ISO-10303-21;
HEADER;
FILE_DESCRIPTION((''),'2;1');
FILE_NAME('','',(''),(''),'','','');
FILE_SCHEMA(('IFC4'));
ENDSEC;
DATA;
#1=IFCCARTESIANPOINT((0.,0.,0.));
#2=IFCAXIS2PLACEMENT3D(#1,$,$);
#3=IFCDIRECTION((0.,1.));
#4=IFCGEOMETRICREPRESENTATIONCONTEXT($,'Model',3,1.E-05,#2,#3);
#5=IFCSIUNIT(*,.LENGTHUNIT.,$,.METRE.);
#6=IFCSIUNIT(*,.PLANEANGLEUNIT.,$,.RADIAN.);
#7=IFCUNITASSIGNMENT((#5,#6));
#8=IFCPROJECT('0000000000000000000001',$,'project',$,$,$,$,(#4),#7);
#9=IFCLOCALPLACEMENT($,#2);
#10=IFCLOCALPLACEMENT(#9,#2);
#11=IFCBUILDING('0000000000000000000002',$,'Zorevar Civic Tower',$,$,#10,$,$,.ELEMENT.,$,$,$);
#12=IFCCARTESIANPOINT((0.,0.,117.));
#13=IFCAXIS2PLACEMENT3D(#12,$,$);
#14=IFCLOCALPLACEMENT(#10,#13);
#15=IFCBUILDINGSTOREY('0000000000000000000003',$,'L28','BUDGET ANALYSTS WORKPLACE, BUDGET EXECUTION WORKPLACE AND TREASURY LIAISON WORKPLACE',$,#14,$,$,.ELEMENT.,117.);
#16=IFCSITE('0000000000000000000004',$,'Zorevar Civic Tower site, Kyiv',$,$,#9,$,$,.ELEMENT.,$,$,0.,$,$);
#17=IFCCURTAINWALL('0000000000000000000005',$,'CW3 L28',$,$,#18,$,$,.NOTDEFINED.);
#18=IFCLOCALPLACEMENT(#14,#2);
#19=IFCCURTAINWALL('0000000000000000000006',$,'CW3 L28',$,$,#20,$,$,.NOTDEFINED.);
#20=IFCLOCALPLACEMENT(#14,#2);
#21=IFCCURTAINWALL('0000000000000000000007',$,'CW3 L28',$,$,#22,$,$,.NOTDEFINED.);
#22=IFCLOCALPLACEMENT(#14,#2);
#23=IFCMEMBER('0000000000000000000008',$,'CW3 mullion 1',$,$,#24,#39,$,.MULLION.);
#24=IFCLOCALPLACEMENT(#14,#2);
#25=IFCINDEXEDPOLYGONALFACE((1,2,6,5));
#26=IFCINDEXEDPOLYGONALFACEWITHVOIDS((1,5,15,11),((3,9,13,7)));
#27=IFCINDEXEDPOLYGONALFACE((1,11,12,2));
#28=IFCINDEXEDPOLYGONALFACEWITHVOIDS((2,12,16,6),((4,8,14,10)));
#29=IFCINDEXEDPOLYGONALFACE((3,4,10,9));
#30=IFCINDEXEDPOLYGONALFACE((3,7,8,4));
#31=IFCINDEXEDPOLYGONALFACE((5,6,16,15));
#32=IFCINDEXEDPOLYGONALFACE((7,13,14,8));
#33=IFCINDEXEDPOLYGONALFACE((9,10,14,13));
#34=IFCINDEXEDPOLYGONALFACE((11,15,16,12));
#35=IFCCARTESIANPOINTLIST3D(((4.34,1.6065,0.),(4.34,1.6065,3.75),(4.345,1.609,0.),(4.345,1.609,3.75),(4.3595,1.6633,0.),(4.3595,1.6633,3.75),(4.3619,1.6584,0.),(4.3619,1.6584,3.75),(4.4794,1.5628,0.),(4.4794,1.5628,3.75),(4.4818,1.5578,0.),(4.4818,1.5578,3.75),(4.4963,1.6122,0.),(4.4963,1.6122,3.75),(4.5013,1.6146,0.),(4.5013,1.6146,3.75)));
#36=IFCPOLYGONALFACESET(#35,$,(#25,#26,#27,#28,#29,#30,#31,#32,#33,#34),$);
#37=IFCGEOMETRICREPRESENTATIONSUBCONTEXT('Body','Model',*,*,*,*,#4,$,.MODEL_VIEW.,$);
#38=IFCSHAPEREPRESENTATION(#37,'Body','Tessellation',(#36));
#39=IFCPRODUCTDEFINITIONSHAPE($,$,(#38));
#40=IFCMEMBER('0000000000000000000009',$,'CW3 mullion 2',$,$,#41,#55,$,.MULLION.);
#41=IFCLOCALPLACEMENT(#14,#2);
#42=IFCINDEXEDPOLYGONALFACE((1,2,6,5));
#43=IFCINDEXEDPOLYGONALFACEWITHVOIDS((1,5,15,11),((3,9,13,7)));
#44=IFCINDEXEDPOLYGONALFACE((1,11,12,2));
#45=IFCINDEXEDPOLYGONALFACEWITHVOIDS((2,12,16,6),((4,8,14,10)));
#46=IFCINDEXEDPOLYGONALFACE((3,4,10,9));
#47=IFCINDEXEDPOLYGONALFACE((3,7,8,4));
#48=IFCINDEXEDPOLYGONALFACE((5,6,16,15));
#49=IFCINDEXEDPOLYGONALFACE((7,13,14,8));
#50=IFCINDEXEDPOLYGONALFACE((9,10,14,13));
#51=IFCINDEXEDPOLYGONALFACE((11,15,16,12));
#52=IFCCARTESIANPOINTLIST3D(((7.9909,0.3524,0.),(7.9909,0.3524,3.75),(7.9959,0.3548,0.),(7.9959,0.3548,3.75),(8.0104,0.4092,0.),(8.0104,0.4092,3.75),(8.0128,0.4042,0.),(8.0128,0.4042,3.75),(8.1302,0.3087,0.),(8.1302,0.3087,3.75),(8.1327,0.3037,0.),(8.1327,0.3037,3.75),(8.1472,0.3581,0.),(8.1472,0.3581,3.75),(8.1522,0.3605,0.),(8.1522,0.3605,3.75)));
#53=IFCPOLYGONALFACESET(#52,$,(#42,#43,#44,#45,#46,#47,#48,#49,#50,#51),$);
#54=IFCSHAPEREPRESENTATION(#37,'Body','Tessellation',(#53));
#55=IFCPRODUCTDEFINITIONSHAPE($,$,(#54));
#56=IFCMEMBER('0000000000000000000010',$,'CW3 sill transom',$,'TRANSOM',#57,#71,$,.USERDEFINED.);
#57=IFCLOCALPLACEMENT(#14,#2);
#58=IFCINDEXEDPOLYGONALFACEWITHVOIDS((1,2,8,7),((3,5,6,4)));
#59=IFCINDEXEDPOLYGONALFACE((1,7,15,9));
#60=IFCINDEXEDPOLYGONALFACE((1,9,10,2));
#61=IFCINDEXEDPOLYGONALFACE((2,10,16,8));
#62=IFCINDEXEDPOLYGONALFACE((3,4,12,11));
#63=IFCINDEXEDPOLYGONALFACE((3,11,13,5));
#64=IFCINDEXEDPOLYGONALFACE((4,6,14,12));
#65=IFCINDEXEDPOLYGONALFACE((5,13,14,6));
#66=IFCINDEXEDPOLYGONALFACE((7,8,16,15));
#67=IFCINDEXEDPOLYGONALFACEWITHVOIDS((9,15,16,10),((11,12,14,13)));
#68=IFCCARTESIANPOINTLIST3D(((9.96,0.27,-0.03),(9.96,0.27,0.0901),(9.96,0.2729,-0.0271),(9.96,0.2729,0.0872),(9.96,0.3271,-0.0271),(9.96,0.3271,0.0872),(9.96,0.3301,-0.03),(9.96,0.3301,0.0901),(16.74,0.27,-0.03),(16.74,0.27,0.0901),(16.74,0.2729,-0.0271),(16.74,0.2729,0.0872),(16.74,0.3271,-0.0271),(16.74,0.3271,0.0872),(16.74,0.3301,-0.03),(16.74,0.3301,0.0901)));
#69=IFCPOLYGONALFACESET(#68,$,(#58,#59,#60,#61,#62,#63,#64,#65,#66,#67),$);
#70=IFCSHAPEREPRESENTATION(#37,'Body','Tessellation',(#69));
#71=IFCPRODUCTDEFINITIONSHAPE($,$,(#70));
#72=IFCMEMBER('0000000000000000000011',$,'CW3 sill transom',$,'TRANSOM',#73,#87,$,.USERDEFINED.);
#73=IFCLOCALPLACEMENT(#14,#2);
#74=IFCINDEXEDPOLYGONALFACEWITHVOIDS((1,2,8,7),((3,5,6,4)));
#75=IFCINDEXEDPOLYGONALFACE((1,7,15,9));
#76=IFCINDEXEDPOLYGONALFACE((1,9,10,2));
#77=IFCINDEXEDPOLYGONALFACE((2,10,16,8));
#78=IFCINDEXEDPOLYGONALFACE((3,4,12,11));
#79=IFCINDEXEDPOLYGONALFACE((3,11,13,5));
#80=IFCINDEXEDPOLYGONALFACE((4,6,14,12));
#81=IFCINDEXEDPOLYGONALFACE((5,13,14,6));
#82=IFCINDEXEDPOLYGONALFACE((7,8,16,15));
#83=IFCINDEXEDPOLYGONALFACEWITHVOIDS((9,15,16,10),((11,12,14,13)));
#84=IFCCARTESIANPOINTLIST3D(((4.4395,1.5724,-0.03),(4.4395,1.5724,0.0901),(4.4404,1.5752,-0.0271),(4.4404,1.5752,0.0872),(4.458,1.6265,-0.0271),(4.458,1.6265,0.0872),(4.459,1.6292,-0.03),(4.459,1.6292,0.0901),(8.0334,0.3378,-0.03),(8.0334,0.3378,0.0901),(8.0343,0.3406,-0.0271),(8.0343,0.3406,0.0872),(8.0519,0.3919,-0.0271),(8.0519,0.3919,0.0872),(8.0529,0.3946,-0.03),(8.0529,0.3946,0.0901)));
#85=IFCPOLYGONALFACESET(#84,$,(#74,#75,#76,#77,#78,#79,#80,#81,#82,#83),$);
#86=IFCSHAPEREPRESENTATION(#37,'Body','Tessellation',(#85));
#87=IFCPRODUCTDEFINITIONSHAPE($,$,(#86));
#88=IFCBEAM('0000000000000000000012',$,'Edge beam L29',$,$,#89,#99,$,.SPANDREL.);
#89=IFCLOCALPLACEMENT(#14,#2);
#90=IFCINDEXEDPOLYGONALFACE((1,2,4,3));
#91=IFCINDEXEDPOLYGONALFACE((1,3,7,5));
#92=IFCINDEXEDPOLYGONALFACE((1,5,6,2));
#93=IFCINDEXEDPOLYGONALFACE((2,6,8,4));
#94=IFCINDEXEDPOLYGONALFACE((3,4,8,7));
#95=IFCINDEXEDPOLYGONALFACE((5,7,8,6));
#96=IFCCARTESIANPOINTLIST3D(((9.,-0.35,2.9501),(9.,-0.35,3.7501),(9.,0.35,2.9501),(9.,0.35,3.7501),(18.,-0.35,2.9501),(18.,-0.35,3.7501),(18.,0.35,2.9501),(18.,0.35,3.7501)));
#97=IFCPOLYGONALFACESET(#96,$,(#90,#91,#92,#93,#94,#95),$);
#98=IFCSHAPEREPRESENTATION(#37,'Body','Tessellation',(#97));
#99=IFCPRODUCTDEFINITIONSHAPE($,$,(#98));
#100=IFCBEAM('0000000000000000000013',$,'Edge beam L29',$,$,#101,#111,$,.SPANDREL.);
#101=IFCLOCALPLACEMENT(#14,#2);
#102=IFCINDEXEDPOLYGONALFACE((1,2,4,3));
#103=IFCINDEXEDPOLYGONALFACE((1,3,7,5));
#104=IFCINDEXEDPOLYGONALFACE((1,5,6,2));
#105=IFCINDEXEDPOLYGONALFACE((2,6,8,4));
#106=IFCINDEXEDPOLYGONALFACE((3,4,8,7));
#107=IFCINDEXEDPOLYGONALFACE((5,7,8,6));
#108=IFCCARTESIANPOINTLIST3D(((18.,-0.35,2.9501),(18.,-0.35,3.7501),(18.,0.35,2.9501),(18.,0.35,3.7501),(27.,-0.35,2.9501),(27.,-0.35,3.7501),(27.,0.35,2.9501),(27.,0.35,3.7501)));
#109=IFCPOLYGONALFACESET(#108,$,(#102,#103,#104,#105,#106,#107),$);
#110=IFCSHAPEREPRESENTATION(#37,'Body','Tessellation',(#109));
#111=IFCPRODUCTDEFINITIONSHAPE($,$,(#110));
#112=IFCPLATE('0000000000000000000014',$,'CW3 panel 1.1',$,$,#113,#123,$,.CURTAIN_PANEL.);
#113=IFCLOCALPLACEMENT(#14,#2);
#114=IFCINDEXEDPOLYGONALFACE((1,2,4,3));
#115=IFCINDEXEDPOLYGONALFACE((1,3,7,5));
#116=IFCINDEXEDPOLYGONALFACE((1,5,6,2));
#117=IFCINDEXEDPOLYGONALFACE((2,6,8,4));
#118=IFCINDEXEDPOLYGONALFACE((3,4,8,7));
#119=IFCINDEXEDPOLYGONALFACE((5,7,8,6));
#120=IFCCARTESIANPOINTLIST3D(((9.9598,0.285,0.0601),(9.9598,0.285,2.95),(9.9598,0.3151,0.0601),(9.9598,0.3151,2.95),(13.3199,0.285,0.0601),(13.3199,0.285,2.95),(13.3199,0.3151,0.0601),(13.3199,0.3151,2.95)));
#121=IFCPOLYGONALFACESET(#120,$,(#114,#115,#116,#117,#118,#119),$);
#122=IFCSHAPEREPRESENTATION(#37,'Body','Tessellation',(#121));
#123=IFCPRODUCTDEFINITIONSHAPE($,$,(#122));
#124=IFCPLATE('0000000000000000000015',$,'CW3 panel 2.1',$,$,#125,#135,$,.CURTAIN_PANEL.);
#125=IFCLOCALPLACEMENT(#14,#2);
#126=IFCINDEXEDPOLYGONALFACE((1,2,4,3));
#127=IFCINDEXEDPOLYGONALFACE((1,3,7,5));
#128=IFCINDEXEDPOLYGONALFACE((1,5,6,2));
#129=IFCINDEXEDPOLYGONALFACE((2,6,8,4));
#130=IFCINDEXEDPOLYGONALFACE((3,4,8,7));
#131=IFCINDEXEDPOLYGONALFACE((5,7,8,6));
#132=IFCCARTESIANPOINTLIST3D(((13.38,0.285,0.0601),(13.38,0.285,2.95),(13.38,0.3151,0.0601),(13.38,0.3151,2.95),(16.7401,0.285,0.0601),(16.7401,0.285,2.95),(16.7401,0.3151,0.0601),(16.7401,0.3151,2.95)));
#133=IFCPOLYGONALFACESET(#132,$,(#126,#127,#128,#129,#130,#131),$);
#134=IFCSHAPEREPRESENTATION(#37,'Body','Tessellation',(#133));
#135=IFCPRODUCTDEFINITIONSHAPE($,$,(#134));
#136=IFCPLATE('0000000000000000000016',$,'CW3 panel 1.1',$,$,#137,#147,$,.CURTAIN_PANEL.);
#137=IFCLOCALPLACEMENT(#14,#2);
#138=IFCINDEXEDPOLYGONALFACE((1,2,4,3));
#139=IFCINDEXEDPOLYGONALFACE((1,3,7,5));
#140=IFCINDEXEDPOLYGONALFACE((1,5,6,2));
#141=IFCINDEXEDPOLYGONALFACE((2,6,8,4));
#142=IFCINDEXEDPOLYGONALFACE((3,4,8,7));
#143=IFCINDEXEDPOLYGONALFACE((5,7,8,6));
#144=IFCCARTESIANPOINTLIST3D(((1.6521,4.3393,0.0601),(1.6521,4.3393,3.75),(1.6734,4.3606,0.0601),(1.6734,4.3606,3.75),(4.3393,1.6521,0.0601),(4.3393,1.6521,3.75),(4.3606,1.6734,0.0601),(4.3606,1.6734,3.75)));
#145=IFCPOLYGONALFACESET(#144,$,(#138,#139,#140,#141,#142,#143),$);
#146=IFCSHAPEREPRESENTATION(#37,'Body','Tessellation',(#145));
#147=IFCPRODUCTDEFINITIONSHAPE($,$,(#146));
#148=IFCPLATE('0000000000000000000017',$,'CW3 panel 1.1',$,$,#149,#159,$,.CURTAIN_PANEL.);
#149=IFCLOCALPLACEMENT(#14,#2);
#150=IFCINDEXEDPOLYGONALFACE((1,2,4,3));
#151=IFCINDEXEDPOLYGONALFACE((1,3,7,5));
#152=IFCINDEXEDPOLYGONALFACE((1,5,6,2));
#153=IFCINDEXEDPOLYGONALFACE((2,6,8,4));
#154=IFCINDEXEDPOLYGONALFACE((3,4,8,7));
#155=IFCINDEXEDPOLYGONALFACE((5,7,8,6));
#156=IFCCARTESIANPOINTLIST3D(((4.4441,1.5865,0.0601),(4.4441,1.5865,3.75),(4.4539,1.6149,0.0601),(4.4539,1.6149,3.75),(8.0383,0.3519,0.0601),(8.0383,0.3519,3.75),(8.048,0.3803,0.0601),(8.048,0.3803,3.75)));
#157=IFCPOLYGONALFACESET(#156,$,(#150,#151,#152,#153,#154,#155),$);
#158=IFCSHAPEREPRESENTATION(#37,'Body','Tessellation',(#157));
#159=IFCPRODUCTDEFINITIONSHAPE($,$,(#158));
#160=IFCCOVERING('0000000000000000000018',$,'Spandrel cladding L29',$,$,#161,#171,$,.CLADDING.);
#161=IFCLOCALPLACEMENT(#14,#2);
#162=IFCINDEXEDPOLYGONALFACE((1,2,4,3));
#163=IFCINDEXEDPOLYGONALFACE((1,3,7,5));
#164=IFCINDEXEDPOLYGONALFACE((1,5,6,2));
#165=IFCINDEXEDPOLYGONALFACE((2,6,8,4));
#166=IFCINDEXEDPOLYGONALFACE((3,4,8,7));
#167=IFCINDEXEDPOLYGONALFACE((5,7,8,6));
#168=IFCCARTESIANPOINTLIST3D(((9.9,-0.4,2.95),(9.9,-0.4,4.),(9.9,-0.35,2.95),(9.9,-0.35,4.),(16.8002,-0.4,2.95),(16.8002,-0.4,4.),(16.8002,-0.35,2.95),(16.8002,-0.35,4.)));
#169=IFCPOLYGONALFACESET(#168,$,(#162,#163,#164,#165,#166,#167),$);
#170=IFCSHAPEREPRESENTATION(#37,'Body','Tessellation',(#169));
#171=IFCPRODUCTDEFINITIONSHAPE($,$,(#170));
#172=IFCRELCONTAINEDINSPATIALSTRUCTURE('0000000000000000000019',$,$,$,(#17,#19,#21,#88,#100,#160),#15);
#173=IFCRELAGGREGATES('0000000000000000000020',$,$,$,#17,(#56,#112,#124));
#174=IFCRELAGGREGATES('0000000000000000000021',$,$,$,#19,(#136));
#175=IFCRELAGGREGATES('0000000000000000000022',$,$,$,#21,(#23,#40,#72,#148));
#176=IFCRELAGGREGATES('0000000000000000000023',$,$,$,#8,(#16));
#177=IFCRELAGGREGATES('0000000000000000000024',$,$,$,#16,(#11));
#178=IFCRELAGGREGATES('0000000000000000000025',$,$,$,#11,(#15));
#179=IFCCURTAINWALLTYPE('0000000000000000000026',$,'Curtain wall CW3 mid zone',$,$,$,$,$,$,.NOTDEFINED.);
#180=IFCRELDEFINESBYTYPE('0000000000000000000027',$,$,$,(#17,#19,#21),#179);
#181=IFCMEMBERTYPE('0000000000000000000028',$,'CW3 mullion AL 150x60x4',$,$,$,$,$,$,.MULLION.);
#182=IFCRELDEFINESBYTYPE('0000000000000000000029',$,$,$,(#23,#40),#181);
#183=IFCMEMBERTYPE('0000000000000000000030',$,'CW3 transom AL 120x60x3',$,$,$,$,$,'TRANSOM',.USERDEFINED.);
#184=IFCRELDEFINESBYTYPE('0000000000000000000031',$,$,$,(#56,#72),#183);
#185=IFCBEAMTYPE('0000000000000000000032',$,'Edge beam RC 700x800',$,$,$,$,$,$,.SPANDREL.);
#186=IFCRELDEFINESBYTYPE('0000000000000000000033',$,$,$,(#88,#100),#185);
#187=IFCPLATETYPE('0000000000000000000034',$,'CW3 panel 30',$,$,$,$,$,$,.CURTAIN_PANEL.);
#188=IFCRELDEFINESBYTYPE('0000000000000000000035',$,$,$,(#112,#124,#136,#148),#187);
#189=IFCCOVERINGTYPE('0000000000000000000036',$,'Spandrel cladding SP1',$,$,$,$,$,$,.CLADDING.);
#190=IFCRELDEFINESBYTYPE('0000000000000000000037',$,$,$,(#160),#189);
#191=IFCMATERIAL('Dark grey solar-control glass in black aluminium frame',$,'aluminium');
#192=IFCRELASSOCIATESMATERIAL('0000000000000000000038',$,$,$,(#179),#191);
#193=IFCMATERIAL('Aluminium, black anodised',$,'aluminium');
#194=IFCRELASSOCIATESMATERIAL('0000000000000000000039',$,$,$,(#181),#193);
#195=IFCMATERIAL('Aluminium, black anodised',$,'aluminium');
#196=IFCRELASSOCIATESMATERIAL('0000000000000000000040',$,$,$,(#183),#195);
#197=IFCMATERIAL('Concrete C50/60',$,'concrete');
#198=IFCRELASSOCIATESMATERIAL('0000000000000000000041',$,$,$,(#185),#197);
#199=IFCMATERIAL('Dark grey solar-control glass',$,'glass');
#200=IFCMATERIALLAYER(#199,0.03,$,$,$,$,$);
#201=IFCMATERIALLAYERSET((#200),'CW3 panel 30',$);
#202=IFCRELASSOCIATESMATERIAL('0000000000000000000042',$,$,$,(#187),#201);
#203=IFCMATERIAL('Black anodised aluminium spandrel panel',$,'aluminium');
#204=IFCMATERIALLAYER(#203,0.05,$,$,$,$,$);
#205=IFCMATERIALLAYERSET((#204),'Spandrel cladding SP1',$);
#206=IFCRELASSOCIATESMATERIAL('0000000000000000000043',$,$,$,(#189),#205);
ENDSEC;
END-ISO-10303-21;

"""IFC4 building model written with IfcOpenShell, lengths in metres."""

from ifc_helpers import new_model, si_unit, direction, frame, frame_2d, origin, origin_2d, place, context, subcontext, project, spatial, rectangle, hollow_rectangle, extrude, material, layer, layer_set, material_profile, profile_set, type_object, element, aggregate, save


model = new_model("IFC4")

# Units and contexts
model_context = context("Model", 3, precision=1e-05, world=origin(), true_north=direction((0.0, 1.0)))
body_context = subcontext(model_context, "Body", "Model", "MODEL_VIEW")
ifc_project = project(units=[si_unit("LENGTHUNIT", "METRE"), si_unit("PLANEANGLEUNIT", "RADIAN")], contexts=[model_context])

# Site, building, storey
site_placement = place(None, origin())
site = spatial("IfcSite", under=ifc_project, at=site_placement, Name="Zorevar Civic Tower site, Kyiv", CompositionType="ELEMENT", RefElevation=0.0)
building_placement = place(site_placement, origin())
building = spatial("IfcBuilding", under=site, at=building_placement, Name="Zorevar Civic Tower", CompositionType="ELEMENT")
storey_placement = place(building_placement, frame((0.0, 0.0, 117.0)))
storey = spatial("IfcBuildingStorey", under=building, at=storey_placement, Name="L28", Description="BUDGET ANALYSTS WORKPLACE, BUDGET EXECUTION WORKPLACE AND TREASURY LIAISON WORKPLACE", CompositionType="ELEMENT", Elevation=117.0)

# Curtain wall
ifc_material_1 = material(Name="Dark grey solar-control glass in black aluminium frame", Category="aluminium")
curtain_wall_type = type_object("IfcCurtainWallType", Name="Curtain wall CW3 mid zone", PredefinedType="NOTDEFINED", material=ifc_material_1)
curtain_wall_1_placement = place(storey_placement, origin())
curtain_wall_1 = element("IfcCurtainWall", 1, at=curtain_wall_1_placement, inside=storey, type_object=curtain_wall_type, Name="CW3 L28", PredefinedType="NOTDEFINED")
ifc_material_2 = material(Name="Aluminium, black anodised", Category="aluminium")
ifc_material_profile_1 = material_profile(ifc_material_2, hollow_rectangle(XDim=0.0601, YDim=0.1499, WallThickness=0.0039, at=origin_2d()), Name="AL 150x60x4")
ifc_profile_set_1 = profile_set([ifc_material_profile_1], Name="Aluminium, black anodised")
member_type_1 = type_object("IfcMemberType", Name="CW3 mullion AL 150x60x4", PredefinedType="MULLION", material=ifc_profile_set_1)

# Curtain wall
curtain_wall_2_placement = place(storey_placement, origin())
curtain_wall_2 = element("IfcCurtainWall", 2, at=curtain_wall_2_placement, inside=storey, type_object=curtain_wall_type, Name="CW3 L28", PredefinedType="NOTDEFINED")

# Curtain wall, members
curtain_wall_3_placement = place(storey_placement, origin())
curtain_wall_3 = element("IfcCurtainWall", 3, at=curtain_wall_3_placement, inside=storey, type_object=curtain_wall_type, Name="CW3 L28", PredefinedType="NOTDEFINED")
member_1_placement = place(storey_placement, frame((4.4207, 1.6106, 0.0), z_axis=(0.0, 0.0, 1.0), x_axis=(0.324878, 0.945756, 0.0)))
member_1 = element("IfcMember", 4, at=member_1_placement, type_object=member_type_1, Name="CW3 mullion 1", PredefinedType="MULLION", context=body_context, shape_type="SweptSolid", body=[
    extrude(hollow_rectangle(XDim=0.0601, YDim=0.1499, WallThickness=0.0039, at=origin_2d()), origin(), (0.0, 0.0, 1.0), 3.75),
])
member_2_placement = place(storey_placement, frame((8.0715, 0.3564, 0.0), z_axis=(0.0, 0.0, 1.0), x_axis=(0.324878, 0.945756, 0.0)))
member_2 = element("IfcMember", 5, at=member_2_placement, type_object=member_type_1, Name="CW3 mullion 2", PredefinedType="MULLION", context=body_context, shape_type="SweptSolid", body=[
    extrude(hollow_rectangle(XDim=0.0601, YDim=0.1499, WallThickness=0.0039, at=origin_2d()), origin(), (0.0, 0.0, 1.0), 3.75),
])

# Members
ifc_material_3 = material(Name="Aluminium, black anodised", Category="aluminium")
ifc_material_profile_2 = material_profile(ifc_material_3, hollow_rectangle(XDim=0.0601, YDim=0.1201, WallThickness=0.0029, at=origin_2d()), Name="AL 120x60x3")
ifc_profile_set_2 = profile_set([ifc_material_profile_2], Name="Aluminium, black anodised")
member_type_2 = type_object("IfcMemberType", Name="CW3 transom AL 120x60x3", ElementType="TRANSOM", PredefinedType="USERDEFINED", material=ifc_profile_set_2)
member_3_placement = place(storey_placement, frame((9.96, 0.3, 0.03), z_axis=(1.0, 0.0, 0.0), x_axis=(0.0, 1.0, 0.0)))
member_3 = element("IfcMember", 6, at=member_3_placement, type_object=member_type_2, Name="CW3 sill transom", ObjectType="TRANSOM", PredefinedType="USERDEFINED", context=body_context, shape_type="SweptSolid", body=[
    extrude(hollow_rectangle(XDim=0.0601, YDim=0.1201, WallThickness=0.0029, at=origin_2d()), origin(), (0.0, 0.0, 1.0), 6.78),
])
member_4_placement = place(storey_placement, frame((4.4492, 1.6008, 0.03), z_axis=(0.945753, -0.324888, 0.0), x_axis=(0.324888, 0.945753, 0.0)))
member_4 = element("IfcMember", 7, at=member_4_placement, type_object=member_type_2, Name="CW3 sill transom", ObjectType="TRANSOM", PredefinedType="USERDEFINED", context=body_context, shape_type="SweptSolid", body=[
    extrude(hollow_rectangle(XDim=0.0601, YDim=0.1201, WallThickness=0.0029, at=origin_2d()), origin(), (0.0, 0.0, 1.0), 3.8),
])

# Beams
ifc_material_4 = material(Name="Concrete C50/60", Category="concrete")
ifc_material_profile_3 = material_profile(ifc_material_4, rectangle(XDim=0.7, YDim=0.8, at=origin_2d()), Name="RC 700x800")
ifc_profile_set_3 = profile_set([ifc_material_profile_3], Name="Concrete C50/60")
beam_type_1 = type_object("IfcBeamType", Name="Edge beam RC 700x800", PredefinedType="SPANDREL", material=ifc_profile_set_3)
for number, where, z_axis, x_axis, name in (
    (8, (9.0, 0.0, 3.3501), (1.0, 0.0, 0.0), (0.0, 1.0, 0.0), "Edge beam L29"),
    (9, (18.0, 0.0, 3.3501), (1.0, 0.0, 0.0), (0.0, 1.0, 0.0), "Edge beam L29"),
):
    element("IfcBeam", number, at=place(storey_placement, frame(where, z_axis=z_axis, x_axis=x_axis)), inside=storey, type_object=beam_type_1, Name=name, PredefinedType="SPANDREL", context=body_context, shape_type="SweptSolid", body=[
        extrude(rectangle(XDim=0.7, YDim=0.8, at=origin_2d()), origin(), (0.0, 0.0, 1.0), 9.0),
    ])

# Plates
ifc_material_5 = material(Name="Dark grey solar-control glass", Category="glass")
ifc_layer_1 = layer(ifc_material_5, 0.03)
ifc_layer_set_1 = layer_set([ifc_layer_1], Name="CW3 panel 30")
plate_type = type_object("IfcPlateType", Name="CW3 panel 30", PredefinedType="CURTAIN_PANEL", material=ifc_layer_set_1)
plate_1_placement = place(storey_placement, frame((11.6399, 0.3, 0.0601), z_axis=(0.0, 0.0, 1.0), x_axis=(1.0, 0.0, 0.0)))
plate_1 = element("IfcPlate", 10, at=plate_1_placement, type_object=plate_type, Name="CW3 panel 1.1", PredefinedType="CURTAIN_PANEL", context=body_context, shape_type="SweptSolid", body=[
    extrude(rectangle(XDim=3.3601, YDim=0.03, at=origin_2d()), origin(), (0.0, 0.0, 1.0), 2.8899),
])
plate_2_placement = place(storey_placement, frame((15.0601, 0.3, 0.0601), z_axis=(0.0, 0.0, 1.0), x_axis=(1.0, 0.0, 0.0)))
plate_2 = element("IfcPlate", 11, at=plate_2_placement, type_object=plate_type, Name="CW3 panel 2.1", PredefinedType="CURTAIN_PANEL", context=body_context, shape_type="SweptSolid", body=[
    extrude(rectangle(XDim=3.3601, YDim=0.03, at=origin_2d()), origin(), (0.0, 0.0, 1.0), 2.8899),
])
aggregate(curtain_wall_1, [member_3, plate_1, plate_2])
plate_3_placement = place(storey_placement, frame((3.0063, 3.0063, 0.0601), z_axis=(0.0, 0.0, 1.0), x_axis=(0.707107, -0.707107, 0.0)))
plate_3 = element("IfcPlate", 12, at=plate_3_placement, type_object=plate_type, Name="CW3 panel 1.1", PredefinedType="CURTAIN_PANEL", context=body_context, shape_type="SweptSolid", body=[
    extrude(rectangle(XDim=3.8003, YDim=0.03, at=origin_2d()), origin(), (0.0, 0.0, 1.0), 3.6899),
])
aggregate(curtain_wall_2, [plate_3])
plate_4_placement = place(storey_placement, frame((6.2461, 0.9834, 0.0601), z_axis=(0.0, 0.0, 1.0), x_axis=(0.945756, -0.324878, 0.0)))
plate_4 = element("IfcPlate", 13, at=plate_4_placement, type_object=plate_type, Name="CW3 panel 1.1", PredefinedType="CURTAIN_PANEL", context=body_context, shape_type="SweptSolid", body=[
    extrude(rectangle(XDim=3.8003, YDim=0.03, at=origin_2d()), origin(), (0.0, 0.0, 1.0), 3.6899),
])
aggregate(curtain_wall_3, [member_1, member_2, member_4, plate_4])

# Covering
ifc_material_6 = material(Name="Black anodised aluminium spandrel panel", Category="aluminium")
ifc_layer_2 = layer(ifc_material_6, 0.05)
ifc_layer_set_2 = layer_set([ifc_layer_2], Name="Spandrel cladding SP1")
covering_type = type_object("IfcCoveringType", Name="Spandrel cladding SP1", PredefinedType="CLADDING", material=ifc_layer_set_2)
covering_placement = place(storey_placement, frame((9.8999, -0.375, 2.95), z_axis=(0.0, 0.0, 1.0), x_axis=(1.0, 0.0, 0.0)))
element("IfcCovering", 14, at=covering_placement, inside=storey, type_object=covering_type, Name="Spandrel cladding L29", PredefinedType="CLADDING", context=body_context, shape_type="SweptSolid", body=[
    extrude(rectangle(XDim=6.9001, YDim=0.05, at=frame_2d((3.4502, 0.0))), origin(), (0.0, 0.0, 1.0), 1.05),
])

save(model, "model.ifc")
